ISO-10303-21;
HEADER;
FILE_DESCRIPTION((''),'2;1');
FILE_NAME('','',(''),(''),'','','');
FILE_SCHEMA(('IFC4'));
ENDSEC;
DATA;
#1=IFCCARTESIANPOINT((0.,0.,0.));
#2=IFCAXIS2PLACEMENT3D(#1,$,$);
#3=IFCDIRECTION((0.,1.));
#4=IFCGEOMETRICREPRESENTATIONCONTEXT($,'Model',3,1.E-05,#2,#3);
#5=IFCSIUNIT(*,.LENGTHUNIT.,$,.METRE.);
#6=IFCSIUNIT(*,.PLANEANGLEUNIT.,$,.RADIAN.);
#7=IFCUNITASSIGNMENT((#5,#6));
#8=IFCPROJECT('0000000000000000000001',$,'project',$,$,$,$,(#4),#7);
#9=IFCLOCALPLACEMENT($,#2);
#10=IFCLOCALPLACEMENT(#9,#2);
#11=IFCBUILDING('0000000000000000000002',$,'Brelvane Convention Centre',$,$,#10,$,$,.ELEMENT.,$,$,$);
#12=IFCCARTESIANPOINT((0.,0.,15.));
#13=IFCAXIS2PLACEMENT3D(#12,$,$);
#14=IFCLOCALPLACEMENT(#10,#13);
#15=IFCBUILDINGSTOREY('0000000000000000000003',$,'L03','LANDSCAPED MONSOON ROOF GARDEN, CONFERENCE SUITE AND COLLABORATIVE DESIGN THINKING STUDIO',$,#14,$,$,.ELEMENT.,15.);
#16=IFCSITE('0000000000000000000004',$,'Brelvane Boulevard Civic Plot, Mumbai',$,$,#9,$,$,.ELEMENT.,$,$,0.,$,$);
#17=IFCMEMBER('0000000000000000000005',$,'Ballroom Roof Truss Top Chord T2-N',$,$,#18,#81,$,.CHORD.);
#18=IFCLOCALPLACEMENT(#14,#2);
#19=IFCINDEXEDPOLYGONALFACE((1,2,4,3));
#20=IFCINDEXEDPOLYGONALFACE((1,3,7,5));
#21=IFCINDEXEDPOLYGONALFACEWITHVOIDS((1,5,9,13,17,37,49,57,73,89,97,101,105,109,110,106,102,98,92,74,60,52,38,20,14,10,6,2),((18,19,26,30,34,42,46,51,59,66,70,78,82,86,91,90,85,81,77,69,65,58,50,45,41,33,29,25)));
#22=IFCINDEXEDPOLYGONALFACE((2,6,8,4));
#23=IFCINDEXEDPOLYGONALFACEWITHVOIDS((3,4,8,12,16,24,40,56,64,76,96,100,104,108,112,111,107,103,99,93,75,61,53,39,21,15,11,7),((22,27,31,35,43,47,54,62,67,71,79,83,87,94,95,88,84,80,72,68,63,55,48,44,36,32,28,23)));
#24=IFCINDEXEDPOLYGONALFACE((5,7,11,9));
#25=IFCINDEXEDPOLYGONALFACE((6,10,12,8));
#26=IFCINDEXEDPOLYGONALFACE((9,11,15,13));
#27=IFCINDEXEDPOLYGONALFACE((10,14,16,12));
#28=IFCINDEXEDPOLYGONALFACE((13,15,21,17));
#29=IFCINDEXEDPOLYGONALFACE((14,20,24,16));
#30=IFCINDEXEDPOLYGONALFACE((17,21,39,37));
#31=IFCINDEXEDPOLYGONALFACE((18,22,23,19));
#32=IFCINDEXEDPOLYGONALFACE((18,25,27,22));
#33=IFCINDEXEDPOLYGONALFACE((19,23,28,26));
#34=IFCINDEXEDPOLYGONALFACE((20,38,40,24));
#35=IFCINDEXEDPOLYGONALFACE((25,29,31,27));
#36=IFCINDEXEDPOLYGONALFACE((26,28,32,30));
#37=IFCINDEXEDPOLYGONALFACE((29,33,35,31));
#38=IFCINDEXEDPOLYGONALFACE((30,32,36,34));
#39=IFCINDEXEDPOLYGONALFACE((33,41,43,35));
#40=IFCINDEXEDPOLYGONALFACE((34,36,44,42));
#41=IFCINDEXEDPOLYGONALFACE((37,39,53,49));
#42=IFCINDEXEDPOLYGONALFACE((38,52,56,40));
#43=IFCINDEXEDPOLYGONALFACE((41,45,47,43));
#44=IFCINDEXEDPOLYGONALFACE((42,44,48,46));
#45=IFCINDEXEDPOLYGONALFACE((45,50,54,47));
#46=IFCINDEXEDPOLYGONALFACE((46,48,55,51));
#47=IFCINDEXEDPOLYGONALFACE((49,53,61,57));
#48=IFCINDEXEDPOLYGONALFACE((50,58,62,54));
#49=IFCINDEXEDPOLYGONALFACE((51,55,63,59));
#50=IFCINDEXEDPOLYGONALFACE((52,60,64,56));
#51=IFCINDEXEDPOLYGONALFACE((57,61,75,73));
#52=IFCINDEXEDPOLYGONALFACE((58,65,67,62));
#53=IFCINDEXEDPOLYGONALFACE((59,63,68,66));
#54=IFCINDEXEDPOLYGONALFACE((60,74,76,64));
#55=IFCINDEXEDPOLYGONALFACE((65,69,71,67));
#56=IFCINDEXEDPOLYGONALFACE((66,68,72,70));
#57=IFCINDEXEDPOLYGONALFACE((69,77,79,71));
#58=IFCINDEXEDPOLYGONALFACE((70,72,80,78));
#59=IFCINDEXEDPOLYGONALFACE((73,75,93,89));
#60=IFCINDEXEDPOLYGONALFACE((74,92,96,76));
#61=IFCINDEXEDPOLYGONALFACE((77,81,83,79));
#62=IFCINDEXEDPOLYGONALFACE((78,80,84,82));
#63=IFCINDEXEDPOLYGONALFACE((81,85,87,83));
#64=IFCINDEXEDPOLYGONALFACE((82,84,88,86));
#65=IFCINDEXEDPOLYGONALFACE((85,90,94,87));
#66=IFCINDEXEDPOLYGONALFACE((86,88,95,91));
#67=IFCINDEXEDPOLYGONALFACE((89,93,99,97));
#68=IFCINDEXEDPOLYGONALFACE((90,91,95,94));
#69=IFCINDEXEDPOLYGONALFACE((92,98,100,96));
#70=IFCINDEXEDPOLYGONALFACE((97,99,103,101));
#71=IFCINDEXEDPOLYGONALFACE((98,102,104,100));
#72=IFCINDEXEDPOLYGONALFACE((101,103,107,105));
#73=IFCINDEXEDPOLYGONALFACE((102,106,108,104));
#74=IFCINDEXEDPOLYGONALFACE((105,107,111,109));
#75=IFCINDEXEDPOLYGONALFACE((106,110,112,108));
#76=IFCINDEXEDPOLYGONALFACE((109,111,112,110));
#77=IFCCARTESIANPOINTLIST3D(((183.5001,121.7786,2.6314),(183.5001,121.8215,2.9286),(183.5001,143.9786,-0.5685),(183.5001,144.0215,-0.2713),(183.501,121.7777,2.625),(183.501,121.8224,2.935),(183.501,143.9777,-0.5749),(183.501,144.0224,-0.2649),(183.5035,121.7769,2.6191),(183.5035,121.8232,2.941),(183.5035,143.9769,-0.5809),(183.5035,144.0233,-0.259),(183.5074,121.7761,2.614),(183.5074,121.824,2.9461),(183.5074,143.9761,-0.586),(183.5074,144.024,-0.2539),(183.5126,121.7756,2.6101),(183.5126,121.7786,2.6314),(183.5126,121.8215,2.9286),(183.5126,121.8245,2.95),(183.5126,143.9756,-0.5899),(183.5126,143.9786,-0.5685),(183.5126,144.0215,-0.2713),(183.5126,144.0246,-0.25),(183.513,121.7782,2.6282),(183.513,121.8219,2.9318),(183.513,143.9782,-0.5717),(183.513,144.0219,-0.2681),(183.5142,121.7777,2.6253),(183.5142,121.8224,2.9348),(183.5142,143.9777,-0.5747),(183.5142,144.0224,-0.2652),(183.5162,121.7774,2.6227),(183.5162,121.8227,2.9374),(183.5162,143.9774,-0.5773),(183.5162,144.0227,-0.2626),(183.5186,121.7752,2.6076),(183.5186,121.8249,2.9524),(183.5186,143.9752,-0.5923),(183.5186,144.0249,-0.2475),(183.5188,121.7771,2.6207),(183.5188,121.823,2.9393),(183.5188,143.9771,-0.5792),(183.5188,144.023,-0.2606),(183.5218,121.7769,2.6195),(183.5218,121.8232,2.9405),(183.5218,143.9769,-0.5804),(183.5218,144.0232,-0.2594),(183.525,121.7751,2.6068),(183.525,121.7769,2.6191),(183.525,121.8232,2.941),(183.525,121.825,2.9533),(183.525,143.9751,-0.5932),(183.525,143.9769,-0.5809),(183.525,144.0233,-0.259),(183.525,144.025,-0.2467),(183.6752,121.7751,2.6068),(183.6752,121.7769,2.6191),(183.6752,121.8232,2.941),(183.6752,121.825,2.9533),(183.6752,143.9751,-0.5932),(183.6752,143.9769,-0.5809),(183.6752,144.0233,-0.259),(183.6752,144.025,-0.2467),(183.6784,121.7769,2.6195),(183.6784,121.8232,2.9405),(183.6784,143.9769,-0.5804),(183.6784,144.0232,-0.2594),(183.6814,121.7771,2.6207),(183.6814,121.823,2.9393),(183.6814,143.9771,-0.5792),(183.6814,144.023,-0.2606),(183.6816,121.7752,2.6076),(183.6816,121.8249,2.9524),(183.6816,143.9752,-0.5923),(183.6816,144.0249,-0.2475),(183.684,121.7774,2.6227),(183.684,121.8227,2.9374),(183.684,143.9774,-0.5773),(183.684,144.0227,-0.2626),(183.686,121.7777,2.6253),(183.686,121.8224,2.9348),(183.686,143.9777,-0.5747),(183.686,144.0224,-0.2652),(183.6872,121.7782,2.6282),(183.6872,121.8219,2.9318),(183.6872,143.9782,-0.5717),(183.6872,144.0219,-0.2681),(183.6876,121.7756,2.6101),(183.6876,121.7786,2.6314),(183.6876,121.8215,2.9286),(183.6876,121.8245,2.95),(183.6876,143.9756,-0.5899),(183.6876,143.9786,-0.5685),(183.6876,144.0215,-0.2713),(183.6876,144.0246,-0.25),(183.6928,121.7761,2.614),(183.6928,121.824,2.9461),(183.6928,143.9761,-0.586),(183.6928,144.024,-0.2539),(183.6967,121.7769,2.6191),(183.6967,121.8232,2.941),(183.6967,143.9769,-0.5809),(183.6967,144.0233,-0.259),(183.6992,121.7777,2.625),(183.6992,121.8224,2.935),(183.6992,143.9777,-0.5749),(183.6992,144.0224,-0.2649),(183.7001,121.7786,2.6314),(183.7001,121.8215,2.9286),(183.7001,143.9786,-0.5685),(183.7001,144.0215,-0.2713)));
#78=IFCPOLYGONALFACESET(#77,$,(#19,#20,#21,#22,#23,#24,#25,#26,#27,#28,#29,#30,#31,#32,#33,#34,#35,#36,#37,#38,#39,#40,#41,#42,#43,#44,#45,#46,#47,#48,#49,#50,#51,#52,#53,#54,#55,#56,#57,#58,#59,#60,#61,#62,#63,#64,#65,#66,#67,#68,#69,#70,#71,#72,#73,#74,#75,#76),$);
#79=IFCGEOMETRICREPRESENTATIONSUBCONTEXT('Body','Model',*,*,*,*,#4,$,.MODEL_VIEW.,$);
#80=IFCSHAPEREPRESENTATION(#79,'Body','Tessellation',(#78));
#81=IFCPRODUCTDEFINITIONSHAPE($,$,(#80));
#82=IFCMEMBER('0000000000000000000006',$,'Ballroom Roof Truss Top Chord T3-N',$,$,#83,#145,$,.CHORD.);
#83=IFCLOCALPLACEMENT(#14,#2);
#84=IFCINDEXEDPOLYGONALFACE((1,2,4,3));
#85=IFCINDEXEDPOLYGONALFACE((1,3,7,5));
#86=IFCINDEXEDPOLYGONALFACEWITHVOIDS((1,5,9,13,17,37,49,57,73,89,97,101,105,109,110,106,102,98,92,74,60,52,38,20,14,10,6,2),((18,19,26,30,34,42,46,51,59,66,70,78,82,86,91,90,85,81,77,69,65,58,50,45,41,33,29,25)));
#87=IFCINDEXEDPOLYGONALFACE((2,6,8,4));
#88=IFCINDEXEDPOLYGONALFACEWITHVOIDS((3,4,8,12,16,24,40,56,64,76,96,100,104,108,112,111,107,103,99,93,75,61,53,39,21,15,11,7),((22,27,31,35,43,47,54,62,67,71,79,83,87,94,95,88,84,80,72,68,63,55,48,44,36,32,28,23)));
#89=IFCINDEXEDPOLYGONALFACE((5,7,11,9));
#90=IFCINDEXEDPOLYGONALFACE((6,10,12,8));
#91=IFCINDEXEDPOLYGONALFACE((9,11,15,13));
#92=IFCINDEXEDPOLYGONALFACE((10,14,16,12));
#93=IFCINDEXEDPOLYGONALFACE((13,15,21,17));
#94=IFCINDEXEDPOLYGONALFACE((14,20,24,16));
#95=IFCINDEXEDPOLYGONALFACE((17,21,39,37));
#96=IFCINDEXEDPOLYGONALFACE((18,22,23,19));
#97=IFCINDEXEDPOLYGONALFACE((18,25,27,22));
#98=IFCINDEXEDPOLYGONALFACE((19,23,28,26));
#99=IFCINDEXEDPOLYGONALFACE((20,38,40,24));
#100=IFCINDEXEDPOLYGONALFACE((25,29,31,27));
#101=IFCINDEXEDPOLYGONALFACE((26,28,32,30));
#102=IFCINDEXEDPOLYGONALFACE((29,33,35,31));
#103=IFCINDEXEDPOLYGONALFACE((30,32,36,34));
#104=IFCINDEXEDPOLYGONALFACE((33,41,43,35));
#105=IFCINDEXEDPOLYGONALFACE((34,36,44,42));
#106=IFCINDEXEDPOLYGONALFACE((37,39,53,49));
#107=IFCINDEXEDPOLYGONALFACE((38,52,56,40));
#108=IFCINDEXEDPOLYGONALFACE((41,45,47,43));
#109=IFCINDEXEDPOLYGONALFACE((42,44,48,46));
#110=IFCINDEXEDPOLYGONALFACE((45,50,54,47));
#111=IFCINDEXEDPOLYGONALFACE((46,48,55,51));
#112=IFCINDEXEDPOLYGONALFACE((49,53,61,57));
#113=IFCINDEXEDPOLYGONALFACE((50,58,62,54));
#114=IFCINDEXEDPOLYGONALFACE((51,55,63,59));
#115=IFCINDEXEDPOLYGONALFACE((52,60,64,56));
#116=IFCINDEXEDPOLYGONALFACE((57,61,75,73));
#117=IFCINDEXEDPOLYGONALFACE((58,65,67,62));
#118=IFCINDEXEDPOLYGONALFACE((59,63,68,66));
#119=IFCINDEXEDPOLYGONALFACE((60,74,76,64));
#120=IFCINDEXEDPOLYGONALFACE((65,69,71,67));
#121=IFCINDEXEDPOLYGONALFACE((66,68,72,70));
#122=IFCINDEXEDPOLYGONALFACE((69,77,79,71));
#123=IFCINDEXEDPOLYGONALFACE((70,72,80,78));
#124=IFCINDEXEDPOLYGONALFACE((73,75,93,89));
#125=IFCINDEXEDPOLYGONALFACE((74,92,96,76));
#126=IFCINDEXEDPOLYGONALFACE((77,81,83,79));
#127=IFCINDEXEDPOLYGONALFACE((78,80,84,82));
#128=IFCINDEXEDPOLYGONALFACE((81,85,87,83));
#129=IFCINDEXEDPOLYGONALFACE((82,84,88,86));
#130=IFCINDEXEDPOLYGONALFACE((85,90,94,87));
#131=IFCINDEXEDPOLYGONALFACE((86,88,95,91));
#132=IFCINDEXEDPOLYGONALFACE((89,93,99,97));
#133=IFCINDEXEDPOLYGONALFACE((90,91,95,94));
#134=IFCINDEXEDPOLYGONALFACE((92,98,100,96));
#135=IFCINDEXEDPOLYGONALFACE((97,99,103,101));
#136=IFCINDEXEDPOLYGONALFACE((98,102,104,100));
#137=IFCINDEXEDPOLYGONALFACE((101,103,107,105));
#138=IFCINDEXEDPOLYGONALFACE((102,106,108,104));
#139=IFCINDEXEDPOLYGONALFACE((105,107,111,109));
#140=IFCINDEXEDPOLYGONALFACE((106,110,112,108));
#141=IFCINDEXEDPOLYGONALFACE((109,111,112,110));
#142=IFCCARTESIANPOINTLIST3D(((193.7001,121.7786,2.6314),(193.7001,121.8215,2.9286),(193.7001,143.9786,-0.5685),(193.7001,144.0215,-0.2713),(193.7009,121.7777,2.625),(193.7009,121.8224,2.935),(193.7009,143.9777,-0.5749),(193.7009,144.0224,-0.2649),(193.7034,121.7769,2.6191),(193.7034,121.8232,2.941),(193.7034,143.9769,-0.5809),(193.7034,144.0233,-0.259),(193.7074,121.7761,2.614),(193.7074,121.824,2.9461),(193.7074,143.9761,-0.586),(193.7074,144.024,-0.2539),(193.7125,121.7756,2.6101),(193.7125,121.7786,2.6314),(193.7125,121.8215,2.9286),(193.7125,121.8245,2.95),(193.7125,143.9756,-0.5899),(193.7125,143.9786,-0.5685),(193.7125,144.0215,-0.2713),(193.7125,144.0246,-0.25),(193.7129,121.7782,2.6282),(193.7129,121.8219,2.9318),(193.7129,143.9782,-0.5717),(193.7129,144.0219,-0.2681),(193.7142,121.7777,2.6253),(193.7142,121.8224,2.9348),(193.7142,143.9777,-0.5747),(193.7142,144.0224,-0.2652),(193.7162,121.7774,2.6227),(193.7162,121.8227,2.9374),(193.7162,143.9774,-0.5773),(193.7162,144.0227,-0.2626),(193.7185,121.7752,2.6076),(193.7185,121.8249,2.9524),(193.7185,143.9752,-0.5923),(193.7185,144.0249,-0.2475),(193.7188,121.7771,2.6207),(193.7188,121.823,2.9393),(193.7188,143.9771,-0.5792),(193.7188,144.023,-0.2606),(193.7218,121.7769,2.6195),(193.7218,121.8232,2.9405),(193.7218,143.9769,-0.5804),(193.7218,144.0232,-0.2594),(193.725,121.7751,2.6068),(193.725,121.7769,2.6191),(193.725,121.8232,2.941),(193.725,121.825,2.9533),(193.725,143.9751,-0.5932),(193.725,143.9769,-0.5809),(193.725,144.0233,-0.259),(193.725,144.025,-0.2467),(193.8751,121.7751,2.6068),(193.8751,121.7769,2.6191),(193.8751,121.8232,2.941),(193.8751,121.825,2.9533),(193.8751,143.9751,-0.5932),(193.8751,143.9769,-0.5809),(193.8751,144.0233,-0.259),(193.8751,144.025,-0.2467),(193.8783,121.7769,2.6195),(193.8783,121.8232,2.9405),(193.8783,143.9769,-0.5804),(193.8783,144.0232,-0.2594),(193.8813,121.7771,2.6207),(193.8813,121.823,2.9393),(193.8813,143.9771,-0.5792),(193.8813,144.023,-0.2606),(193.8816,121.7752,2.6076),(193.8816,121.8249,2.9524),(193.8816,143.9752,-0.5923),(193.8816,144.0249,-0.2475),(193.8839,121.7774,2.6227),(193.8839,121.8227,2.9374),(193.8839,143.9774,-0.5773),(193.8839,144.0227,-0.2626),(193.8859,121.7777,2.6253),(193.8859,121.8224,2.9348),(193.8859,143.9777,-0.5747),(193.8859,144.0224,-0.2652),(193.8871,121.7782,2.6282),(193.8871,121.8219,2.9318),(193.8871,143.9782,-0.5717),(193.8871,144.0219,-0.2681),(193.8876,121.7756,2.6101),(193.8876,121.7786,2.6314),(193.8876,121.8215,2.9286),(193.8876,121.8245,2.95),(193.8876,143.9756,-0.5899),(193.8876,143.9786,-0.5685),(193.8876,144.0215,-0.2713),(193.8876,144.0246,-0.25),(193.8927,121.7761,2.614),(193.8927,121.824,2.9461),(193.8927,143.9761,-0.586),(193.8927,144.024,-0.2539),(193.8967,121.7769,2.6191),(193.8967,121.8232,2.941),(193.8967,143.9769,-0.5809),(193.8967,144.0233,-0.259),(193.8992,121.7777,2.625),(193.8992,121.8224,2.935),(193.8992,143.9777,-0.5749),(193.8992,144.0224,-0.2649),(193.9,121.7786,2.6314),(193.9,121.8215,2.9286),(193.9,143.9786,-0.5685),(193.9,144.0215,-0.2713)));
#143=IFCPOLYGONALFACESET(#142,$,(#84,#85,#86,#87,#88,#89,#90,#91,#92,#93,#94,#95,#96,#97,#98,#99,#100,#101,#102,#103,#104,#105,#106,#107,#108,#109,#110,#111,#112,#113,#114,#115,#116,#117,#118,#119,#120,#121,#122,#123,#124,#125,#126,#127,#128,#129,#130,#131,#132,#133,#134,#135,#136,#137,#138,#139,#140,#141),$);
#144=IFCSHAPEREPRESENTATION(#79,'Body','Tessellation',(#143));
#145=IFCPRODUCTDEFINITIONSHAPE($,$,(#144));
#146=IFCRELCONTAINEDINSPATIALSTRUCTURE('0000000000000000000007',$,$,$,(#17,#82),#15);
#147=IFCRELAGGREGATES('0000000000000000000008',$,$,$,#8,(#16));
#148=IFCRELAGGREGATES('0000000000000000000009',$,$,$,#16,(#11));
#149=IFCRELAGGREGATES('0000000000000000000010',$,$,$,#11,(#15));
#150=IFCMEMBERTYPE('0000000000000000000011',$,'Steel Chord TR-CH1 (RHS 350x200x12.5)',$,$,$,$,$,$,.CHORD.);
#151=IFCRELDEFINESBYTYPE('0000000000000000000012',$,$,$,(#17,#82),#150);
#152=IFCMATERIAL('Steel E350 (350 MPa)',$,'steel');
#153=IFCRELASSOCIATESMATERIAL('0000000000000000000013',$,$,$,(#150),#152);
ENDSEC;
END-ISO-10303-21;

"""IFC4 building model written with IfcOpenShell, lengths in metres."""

from ifc_helpers import new_model, si_unit, direction, frame, origin, origin_2d, place, context, subcontext, project, spatial, hollow_rectangle, extrude, material, material_profile, profile_set, type_object, element, save


model = new_model("IFC4")

# Units and contexts
model_context = context("Model", 3, precision=1e-05, world=origin(), true_north=direction((0.0, 1.0)))
body_context = subcontext(model_context, "Body", "Model", "MODEL_VIEW")
ifc_project = project(units=[si_unit("LENGTHUNIT", "METRE"), si_unit("PLANEANGLEUNIT", "RADIAN")], contexts=[model_context])

# Site, building, storey
site_placement = place(None, origin())
site = spatial("IfcSite", under=ifc_project, at=site_placement, Name="Brelvane Boulevard Civic Plot, Mumbai", CompositionType="ELEMENT", RefElevation=0.0)
building_placement = place(site_placement, origin())
building = spatial("IfcBuilding", under=site, at=building_placement, Name="Brelvane Convention Centre", CompositionType="ELEMENT")
storey_placement = place(building_placement, frame((0.0, 0.0, 15.0)))
storey = spatial("IfcBuildingStorey", under=building, at=storey_placement, Name="L03", Description="LANDSCAPED MONSOON ROOF GARDEN, CONFERENCE SUITE AND COLLABORATIVE DESIGN THINKING STUDIO", CompositionType="ELEMENT", Elevation=15.0)

# Members
ifc_material_1 = material(Name="Steel E350 (350 MPa)", Category="steel")
ifc_material_profile_1 = material_profile(ifc_material_1, hollow_rectangle(XDim=0.2, YDim=0.3501, WallThickness=0.0125, InnerFilletRadius=0.0125, OuterFilletRadius=0.0249, at=origin_2d()), Name="RHS 350x200x12.5")
ifc_profile_set_1 = profile_set([ifc_material_profile_1], Name="Steel E350 (350 MPa)")
member_type_1 = type_object("IfcMemberType", Name="Steel Chord TR-CH1 (RHS 350x200x12.5)", PredefinedType="CHORD", material=ifc_profile_set_1)
for number, where, z_axis, x_axis, name in (
    (1, (183.6001, 121.8, 2.78), (0.0, 0.989771, -0.142668), (-1.0, 0.0, 0.0), "Ballroom Roof Truss Top Chord T2-N"),
    (2, (193.8, 121.8, 2.78), (0.0, 0.989771, -0.142668), (-1.0, 0.0, 0.0), "Ballroom Roof Truss Top Chord T3-N"),
):
    element("IfcMember", number, at=place(storey_placement, frame(where, z_axis=z_axis, x_axis=x_axis)), inside=storey, type_object=member_type_1, Name=name, PredefinedType="CHORD", context=body_context, shape_type="SweptSolid", body=[
        extrude(hollow_rectangle(XDim=0.2, YDim=0.3501, WallThickness=0.0125, InnerFilletRadius=0.0125, OuterFilletRadius=0.0249, at=origin_2d()), origin(), (0.0, 0.0, 1.0), 22.4294),
    ])

save(model, "model.ifc")
